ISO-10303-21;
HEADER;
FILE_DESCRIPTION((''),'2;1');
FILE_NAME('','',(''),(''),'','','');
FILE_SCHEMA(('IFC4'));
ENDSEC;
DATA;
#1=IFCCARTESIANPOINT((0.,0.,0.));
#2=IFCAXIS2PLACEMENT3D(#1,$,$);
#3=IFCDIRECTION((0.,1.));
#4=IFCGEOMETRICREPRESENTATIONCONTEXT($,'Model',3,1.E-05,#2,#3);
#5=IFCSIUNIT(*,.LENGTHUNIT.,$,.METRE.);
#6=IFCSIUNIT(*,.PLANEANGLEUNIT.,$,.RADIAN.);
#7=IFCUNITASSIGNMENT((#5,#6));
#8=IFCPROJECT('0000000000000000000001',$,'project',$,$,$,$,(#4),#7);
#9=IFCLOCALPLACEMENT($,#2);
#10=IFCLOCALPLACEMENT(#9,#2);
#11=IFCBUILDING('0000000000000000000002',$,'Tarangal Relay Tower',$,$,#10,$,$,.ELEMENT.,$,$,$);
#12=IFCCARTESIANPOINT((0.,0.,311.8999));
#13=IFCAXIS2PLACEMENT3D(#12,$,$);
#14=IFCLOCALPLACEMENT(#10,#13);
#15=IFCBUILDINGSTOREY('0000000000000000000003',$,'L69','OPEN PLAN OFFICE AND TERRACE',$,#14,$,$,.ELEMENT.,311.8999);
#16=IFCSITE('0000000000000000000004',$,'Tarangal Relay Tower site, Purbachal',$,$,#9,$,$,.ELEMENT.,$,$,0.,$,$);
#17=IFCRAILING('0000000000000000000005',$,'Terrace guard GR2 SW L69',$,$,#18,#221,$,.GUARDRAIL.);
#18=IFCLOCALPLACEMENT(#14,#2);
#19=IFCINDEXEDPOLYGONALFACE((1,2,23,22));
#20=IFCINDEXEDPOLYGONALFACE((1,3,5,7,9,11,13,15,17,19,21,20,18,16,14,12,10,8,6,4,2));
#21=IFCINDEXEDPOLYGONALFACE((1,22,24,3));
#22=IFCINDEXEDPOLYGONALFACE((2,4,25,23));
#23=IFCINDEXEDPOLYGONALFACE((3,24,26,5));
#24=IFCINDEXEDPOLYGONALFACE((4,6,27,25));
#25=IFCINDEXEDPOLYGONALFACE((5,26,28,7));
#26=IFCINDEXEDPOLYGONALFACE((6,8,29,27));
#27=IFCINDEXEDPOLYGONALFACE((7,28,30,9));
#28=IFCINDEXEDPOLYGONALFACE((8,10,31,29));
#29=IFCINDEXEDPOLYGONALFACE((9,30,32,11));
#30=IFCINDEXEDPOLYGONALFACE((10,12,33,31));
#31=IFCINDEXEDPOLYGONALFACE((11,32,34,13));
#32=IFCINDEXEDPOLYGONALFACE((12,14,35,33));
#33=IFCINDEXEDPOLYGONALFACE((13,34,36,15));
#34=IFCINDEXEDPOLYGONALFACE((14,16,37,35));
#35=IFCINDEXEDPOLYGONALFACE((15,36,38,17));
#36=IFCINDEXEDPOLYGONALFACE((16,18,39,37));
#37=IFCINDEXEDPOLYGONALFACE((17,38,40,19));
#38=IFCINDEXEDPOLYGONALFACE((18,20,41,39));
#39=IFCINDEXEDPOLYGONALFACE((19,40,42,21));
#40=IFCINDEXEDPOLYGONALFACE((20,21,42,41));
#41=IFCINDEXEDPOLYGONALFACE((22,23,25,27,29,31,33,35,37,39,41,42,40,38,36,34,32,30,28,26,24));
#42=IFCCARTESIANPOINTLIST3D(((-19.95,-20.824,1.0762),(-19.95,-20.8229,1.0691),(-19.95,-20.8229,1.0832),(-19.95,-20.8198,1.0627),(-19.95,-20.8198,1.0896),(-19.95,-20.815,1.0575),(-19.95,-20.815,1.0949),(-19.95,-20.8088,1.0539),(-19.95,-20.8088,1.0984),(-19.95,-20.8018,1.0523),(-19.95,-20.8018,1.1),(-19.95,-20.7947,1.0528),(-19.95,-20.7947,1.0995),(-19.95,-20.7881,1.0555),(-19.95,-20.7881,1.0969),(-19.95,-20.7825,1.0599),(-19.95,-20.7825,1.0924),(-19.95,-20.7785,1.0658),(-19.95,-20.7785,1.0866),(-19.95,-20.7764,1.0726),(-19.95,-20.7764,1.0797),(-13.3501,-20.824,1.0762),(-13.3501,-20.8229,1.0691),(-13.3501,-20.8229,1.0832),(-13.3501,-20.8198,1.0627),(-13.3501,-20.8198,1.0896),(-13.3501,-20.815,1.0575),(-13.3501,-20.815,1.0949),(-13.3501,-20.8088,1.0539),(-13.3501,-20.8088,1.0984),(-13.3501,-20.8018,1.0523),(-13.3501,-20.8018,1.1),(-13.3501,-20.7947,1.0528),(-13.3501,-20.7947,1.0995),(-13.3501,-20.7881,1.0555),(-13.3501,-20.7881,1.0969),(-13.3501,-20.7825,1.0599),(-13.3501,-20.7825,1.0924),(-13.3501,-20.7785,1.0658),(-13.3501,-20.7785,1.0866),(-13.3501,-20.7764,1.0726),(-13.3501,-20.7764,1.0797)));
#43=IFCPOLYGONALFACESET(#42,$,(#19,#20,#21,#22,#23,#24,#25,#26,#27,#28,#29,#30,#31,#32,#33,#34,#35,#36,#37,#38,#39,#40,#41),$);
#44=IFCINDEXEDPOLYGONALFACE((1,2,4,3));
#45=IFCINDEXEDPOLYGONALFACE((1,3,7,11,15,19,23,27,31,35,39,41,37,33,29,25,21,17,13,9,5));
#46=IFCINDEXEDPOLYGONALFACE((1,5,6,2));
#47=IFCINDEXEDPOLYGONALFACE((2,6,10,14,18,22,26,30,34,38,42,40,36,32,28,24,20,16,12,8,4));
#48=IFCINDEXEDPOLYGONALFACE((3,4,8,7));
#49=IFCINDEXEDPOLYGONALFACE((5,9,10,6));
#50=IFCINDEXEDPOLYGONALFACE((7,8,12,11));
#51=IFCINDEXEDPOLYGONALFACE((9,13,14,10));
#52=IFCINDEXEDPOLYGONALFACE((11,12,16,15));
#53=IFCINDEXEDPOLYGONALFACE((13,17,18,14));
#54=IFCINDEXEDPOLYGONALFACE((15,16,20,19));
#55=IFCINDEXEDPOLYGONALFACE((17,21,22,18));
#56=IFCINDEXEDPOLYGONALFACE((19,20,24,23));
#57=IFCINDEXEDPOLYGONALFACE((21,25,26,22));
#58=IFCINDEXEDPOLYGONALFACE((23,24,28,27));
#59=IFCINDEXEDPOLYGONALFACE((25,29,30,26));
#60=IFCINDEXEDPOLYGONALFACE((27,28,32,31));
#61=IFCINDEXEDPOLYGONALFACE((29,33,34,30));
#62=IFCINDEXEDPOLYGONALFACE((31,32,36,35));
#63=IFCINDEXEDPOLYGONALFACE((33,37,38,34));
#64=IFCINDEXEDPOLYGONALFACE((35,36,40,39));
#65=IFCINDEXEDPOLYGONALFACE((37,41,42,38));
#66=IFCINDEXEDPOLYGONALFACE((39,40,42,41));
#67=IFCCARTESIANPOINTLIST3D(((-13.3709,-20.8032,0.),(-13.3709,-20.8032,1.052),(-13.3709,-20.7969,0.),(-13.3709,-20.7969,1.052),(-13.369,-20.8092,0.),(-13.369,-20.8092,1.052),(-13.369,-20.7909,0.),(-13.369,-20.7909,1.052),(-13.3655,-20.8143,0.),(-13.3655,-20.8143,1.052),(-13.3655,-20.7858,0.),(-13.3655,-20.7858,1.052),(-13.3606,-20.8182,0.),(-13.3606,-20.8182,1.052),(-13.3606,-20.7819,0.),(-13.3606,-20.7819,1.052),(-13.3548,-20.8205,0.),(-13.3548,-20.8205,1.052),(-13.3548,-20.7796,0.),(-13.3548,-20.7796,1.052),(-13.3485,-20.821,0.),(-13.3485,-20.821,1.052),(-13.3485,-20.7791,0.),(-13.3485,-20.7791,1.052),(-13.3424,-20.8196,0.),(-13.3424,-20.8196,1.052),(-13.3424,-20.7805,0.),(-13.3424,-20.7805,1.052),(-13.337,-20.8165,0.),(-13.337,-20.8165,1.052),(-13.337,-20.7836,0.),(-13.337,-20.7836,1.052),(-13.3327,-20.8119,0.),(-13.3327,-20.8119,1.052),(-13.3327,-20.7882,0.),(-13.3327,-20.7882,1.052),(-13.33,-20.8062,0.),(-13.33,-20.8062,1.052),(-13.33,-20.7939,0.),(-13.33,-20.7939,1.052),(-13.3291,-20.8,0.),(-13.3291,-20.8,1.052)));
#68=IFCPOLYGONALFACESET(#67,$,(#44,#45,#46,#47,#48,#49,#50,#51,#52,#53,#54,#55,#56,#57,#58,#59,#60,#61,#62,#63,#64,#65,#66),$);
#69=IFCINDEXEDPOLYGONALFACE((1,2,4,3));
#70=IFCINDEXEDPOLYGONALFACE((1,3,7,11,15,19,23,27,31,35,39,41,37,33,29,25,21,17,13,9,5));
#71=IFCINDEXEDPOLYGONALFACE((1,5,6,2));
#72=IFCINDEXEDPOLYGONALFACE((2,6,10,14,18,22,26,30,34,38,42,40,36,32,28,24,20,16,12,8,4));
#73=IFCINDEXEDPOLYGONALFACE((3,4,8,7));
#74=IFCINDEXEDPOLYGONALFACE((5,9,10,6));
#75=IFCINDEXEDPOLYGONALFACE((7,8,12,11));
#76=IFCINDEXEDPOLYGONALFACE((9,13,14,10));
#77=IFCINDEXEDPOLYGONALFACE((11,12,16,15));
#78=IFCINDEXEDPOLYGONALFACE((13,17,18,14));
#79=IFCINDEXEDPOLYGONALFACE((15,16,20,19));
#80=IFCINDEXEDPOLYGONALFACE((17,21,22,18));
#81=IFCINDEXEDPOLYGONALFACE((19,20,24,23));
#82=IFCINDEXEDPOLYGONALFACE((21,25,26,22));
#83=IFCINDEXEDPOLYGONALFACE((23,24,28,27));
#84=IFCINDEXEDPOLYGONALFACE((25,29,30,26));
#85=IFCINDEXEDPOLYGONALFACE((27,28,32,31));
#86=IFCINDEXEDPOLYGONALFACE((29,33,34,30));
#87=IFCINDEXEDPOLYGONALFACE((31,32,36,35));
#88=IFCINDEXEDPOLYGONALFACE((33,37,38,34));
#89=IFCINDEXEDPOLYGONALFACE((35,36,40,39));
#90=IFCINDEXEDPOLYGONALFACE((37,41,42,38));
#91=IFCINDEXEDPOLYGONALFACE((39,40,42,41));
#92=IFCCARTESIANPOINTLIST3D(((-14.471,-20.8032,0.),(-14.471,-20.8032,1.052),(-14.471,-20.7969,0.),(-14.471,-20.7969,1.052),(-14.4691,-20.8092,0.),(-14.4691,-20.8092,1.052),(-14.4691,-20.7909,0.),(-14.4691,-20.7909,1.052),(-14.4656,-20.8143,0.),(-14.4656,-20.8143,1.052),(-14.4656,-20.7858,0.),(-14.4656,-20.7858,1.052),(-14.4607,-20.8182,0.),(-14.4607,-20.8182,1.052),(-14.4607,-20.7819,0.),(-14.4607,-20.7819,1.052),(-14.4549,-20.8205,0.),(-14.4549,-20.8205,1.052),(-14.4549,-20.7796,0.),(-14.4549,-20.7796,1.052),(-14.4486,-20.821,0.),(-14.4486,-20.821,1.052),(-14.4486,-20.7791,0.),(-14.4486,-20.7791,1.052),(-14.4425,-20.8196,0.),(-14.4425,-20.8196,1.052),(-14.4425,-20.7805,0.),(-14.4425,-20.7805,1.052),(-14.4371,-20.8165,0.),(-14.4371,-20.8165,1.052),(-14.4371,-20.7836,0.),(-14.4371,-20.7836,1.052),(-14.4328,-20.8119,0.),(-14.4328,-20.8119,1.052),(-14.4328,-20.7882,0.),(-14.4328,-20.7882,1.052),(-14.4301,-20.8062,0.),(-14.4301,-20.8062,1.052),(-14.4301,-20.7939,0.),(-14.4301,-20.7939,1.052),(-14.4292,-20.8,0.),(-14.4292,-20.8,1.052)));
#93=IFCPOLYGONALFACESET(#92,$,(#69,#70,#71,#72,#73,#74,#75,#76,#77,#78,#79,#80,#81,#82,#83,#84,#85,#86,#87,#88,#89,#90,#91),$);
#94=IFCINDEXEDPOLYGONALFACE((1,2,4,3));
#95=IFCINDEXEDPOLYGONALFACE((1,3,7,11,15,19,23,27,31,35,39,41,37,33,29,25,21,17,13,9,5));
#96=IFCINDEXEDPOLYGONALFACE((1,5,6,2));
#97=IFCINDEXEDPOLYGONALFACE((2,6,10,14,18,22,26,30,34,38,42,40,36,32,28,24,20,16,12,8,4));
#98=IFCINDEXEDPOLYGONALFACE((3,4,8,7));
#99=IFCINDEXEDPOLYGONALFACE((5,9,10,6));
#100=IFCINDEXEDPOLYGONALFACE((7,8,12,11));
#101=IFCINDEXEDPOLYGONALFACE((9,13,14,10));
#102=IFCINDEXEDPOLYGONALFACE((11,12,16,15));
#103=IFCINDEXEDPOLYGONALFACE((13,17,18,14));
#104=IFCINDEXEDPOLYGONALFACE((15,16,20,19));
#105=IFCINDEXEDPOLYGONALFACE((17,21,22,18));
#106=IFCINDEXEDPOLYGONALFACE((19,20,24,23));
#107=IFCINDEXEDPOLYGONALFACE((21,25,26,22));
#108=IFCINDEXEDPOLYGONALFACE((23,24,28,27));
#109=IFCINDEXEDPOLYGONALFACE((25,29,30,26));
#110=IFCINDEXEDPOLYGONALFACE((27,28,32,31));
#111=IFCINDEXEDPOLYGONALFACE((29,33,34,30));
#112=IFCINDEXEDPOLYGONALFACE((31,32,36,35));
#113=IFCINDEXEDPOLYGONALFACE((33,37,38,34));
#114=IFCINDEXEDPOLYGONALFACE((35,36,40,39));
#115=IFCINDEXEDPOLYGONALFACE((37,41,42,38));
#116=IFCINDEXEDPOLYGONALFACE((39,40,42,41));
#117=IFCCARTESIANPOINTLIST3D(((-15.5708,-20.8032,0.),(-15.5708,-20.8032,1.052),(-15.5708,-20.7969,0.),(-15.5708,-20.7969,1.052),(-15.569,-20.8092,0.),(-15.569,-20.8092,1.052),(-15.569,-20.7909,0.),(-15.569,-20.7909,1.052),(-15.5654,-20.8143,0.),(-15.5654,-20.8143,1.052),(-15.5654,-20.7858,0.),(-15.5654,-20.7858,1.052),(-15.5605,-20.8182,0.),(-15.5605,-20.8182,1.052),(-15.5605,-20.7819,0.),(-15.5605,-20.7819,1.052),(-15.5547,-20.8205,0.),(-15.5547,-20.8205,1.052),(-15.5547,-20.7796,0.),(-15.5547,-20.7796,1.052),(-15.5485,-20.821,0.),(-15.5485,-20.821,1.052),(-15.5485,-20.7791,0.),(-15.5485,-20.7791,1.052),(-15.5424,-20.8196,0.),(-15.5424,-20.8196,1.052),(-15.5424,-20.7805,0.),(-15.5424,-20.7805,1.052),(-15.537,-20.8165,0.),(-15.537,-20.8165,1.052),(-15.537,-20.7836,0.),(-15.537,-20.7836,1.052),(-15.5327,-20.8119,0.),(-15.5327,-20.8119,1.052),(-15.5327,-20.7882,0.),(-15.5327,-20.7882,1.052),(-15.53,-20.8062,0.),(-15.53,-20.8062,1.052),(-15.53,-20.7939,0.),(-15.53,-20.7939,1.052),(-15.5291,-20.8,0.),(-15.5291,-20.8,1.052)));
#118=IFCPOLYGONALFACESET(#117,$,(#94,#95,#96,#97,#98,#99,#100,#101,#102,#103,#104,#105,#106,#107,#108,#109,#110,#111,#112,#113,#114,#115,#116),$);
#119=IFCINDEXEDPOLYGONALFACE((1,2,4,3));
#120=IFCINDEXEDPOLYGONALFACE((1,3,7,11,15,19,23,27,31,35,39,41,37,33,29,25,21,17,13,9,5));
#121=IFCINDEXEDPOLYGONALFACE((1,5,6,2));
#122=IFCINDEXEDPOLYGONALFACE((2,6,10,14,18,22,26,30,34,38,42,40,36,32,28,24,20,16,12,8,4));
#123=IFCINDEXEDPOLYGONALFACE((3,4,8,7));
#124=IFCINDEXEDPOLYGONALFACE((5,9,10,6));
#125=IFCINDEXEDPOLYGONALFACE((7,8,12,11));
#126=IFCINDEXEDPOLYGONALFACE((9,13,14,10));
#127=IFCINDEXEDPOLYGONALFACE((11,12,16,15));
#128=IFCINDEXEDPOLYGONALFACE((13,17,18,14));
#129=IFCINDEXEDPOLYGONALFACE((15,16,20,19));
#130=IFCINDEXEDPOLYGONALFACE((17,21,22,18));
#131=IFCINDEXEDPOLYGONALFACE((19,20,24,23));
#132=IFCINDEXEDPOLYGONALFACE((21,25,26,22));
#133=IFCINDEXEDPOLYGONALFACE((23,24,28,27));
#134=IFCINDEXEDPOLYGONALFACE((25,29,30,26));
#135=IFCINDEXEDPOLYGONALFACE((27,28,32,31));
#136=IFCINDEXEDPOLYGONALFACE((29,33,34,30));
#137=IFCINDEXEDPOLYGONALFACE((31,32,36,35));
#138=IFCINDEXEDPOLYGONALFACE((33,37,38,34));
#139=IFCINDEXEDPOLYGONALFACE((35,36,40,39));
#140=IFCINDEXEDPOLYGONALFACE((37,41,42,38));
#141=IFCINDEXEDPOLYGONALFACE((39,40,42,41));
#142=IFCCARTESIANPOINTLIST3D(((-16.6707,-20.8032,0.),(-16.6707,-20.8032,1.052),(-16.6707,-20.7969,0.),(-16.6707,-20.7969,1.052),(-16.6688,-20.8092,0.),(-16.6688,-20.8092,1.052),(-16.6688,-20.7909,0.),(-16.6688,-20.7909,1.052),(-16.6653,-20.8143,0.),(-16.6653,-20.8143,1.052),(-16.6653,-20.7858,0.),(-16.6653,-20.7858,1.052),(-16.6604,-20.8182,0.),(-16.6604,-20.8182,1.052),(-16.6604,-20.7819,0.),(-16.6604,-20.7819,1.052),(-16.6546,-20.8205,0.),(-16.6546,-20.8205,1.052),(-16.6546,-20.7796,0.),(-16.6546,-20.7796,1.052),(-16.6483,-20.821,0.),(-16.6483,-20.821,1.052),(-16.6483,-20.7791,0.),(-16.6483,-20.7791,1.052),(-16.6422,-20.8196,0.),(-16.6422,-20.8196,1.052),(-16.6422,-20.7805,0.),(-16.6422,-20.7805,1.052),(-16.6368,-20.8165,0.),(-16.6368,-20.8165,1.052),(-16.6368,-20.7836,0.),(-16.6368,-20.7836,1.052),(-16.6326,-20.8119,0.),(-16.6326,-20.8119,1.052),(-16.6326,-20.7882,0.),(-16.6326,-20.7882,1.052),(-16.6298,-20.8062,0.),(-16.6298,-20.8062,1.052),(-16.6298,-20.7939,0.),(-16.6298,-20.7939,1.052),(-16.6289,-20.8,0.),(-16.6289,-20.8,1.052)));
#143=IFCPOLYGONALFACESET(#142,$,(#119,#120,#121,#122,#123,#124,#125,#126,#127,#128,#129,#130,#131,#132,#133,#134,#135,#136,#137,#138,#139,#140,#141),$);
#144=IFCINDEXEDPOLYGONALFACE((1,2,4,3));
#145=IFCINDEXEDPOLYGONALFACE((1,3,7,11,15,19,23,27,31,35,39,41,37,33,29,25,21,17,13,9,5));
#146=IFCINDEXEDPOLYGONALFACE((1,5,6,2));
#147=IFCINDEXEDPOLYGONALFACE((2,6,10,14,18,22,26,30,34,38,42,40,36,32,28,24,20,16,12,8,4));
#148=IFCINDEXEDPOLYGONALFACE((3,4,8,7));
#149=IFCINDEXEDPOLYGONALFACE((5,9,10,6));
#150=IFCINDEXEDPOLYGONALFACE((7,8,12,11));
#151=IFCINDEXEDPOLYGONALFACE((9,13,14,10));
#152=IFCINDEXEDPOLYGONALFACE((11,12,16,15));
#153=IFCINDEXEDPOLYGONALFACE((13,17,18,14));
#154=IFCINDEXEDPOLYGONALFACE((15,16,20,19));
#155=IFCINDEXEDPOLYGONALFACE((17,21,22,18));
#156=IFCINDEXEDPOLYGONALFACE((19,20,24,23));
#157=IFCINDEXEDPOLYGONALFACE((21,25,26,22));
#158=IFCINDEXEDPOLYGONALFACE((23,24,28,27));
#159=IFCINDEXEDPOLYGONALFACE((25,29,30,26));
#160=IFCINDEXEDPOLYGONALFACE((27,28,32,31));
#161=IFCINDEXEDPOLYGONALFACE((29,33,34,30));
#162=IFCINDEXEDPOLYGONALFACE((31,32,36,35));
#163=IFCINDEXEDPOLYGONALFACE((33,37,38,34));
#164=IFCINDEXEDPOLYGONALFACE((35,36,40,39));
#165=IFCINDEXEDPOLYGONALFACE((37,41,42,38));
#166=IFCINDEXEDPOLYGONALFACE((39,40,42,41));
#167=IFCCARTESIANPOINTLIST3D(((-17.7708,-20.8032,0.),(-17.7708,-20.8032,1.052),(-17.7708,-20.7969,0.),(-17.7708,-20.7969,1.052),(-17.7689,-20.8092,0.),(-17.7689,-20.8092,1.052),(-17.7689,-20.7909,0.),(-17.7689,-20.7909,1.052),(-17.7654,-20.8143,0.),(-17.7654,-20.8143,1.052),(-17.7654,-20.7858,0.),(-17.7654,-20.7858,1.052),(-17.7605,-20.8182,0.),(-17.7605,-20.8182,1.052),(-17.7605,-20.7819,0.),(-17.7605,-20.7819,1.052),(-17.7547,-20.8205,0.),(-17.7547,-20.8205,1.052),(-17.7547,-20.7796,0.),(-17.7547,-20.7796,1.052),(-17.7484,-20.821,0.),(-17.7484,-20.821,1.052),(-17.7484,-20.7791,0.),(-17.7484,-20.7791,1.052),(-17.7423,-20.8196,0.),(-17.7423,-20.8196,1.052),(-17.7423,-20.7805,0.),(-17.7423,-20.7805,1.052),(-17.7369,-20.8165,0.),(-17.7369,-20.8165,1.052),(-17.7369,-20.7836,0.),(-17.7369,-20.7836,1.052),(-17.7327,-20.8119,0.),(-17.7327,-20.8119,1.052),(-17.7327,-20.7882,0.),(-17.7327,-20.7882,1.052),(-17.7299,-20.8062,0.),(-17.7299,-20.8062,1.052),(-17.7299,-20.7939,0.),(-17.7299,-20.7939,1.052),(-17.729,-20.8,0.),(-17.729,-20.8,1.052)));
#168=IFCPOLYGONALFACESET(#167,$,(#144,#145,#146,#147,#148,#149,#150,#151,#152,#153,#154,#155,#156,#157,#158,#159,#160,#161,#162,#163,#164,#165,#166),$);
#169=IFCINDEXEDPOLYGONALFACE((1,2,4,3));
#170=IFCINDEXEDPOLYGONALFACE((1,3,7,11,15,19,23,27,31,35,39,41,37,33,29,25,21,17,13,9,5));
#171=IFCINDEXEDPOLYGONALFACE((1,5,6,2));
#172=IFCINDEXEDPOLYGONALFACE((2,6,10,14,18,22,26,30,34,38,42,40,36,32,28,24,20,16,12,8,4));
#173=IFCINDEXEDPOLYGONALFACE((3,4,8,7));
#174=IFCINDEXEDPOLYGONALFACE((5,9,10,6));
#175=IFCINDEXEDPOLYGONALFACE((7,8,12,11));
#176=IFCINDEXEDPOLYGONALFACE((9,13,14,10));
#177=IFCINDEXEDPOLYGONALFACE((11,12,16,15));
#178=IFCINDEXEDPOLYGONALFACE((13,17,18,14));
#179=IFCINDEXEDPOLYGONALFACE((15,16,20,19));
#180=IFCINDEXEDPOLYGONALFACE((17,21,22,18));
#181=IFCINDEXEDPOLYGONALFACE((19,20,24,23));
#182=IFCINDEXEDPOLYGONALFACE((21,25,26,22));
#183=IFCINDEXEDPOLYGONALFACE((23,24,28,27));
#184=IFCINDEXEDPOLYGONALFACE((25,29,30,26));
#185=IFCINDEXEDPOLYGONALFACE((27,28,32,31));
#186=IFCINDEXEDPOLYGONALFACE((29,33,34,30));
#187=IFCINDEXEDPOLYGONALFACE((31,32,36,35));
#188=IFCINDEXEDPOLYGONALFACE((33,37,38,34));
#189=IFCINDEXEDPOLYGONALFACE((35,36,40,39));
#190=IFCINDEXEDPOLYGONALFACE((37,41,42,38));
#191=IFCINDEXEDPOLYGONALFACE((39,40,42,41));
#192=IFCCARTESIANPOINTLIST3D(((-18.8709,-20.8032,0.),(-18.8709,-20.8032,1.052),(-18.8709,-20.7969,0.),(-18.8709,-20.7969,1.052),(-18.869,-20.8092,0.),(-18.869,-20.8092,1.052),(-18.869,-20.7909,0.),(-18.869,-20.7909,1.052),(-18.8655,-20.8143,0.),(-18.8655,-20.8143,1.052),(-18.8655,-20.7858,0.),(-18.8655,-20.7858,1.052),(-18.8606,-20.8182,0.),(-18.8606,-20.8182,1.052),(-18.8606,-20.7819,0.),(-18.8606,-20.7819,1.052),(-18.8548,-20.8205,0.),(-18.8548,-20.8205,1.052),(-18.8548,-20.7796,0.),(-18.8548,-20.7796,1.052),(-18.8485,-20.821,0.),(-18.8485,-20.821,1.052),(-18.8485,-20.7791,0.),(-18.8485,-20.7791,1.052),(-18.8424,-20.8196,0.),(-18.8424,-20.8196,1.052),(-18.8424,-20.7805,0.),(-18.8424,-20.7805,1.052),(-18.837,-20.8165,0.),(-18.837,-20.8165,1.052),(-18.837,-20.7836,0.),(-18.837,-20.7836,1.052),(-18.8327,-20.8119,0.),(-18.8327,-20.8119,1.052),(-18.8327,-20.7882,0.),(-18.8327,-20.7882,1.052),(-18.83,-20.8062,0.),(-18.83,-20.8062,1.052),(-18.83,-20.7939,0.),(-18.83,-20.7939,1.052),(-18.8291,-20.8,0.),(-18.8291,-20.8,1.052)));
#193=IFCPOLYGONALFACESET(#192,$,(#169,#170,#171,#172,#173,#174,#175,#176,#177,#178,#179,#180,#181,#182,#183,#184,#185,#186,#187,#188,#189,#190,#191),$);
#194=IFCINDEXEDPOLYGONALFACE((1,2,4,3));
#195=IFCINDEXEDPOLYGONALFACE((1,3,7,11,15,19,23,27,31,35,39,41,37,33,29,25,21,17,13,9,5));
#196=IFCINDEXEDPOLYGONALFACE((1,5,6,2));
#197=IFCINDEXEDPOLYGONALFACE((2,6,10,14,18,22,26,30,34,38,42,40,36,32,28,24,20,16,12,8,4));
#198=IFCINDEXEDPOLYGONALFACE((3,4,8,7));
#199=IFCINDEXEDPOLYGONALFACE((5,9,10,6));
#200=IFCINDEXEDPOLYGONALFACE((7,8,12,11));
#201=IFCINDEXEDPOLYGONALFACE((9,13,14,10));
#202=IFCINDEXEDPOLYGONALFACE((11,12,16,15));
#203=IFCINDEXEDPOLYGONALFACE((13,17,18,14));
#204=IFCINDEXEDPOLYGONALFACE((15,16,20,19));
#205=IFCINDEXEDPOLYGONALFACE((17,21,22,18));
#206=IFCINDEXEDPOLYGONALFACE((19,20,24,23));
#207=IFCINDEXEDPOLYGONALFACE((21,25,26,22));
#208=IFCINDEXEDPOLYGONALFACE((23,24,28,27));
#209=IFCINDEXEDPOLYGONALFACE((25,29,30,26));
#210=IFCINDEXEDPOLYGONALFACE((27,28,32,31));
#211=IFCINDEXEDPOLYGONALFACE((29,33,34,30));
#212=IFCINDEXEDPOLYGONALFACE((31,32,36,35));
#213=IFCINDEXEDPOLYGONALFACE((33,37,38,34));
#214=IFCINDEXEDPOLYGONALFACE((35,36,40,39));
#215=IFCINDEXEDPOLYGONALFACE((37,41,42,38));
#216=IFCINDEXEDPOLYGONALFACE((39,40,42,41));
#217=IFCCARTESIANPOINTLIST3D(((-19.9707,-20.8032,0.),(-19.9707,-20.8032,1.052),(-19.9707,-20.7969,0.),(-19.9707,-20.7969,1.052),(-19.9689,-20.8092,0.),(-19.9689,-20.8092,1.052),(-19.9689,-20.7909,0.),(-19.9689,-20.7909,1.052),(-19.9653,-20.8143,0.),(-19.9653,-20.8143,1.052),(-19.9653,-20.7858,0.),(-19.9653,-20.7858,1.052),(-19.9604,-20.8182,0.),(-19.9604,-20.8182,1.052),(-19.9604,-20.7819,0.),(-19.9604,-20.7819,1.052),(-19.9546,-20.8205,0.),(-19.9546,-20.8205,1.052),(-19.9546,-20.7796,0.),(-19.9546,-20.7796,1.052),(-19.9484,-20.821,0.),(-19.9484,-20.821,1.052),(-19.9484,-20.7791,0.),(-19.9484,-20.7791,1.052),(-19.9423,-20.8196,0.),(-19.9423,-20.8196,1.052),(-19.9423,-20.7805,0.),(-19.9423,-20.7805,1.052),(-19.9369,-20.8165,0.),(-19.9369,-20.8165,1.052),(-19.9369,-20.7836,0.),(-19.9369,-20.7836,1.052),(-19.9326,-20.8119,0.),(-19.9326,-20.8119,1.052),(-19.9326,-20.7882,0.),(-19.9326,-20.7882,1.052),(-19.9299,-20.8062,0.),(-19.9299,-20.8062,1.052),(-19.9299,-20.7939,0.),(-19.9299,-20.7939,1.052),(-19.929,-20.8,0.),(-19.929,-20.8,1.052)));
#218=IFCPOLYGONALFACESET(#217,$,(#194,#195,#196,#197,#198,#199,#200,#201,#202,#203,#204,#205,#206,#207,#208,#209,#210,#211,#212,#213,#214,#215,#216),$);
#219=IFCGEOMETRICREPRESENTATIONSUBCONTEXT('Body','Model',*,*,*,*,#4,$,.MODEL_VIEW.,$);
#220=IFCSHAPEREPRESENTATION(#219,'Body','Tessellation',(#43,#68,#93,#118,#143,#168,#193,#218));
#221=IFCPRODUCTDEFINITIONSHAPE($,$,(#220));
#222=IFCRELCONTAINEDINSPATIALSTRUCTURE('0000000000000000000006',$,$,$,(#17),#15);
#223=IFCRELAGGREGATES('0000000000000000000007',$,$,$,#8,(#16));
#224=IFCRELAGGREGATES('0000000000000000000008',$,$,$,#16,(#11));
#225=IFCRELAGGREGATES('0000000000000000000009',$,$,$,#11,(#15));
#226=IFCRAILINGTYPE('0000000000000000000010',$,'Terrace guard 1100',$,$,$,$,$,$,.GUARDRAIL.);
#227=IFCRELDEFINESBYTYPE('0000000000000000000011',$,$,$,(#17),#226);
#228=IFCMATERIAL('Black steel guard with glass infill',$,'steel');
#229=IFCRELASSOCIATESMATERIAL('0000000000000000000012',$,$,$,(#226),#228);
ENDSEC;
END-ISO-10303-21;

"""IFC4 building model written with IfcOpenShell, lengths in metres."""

from ifc_helpers import new_model, si_unit, direction, frame, origin, origin_2d, place, context, subcontext, project, spatial, circle, extrude, material, type_object, element, save


model = new_model("IFC4")

# Units and contexts
model_context = context("Model", 3, precision=1e-05, world=origin(), true_north=direction((0.0, 1.0)))
body_context = subcontext(model_context, "Body", "Model", "MODEL_VIEW")
ifc_project = project(units=[si_unit("LENGTHUNIT", "METRE"), si_unit("PLANEANGLEUNIT", "RADIAN")], contexts=[model_context])

# Site, building, storey
site_placement = place(None, origin())
site = spatial("IfcSite", under=ifc_project, at=site_placement, Name="Tarangal Relay Tower site, Purbachal", CompositionType="ELEMENT", RefElevation=0.0)
building_placement = place(site_placement, origin())
building = spatial("IfcBuilding", under=site, at=building_placement, Name="Tarangal Relay Tower", CompositionType="ELEMENT")
storey_placement = place(building_placement, frame((0.0, 0.0, 311.8999)))
storey = spatial("IfcBuildingStorey", under=building, at=storey_placement, Name="L69", Description="OPEN PLAN OFFICE AND TERRACE", CompositionType="ELEMENT", Elevation=311.8999)

# Railing
ifc_material_1 = material(Name="Black steel guard with glass infill", Category="steel")
railing_type = type_object("IfcRailingType", Name="Terrace guard 1100", PredefinedType="GUARDRAIL", material=ifc_material_1)
railing_1_placement = place(storey_placement, frame((-13.3501, -20.8, 0.0)))
element("IfcRailing", 1, at=railing_1_placement, inside=storey, type_object=railing_type, Name="Terrace guard GR2 SW L69", PredefinedType="GUARDRAIL", context=body_context, shape_type="SweptSolid", body=[
    extrude(circle(Radius=0.0239, at=origin_2d()), frame((0.0, 0.0, 1.0762), z_axis=(-1.0, 0.0, 0.0), x_axis=(0.0, -1.0, 0.0)), (0.0, 0.0, 1.0), 6.5999),
    extrude(circle(Radius=0.021, at=origin_2d()), origin(), (0.0, 0.0, 1.0), 1.052),
    extrude(circle(Radius=0.021, at=origin_2d()), frame((-1.1001, 0.0, 0.0)), (0.0, 0.0, 1.0), 1.052),
    extrude(circle(Radius=0.021, at=origin_2d()), frame((-2.2, 0.0, 0.0)), (0.0, 0.0, 1.0), 1.052),
    extrude(circle(Radius=0.021, at=origin_2d()), frame((-3.2998, 0.0, 0.0)), (0.0, 0.0, 1.0), 1.052),
    extrude(circle(Radius=0.021, at=origin_2d()), frame((-4.3999, 0.0, 0.0)), (0.0, 0.0, 1.0), 1.052),
    extrude(circle(Radius=0.021, at=origin_2d()), frame((-5.5, 0.0, 0.0)), (0.0, 0.0, 1.0), 1.052),
    extrude(circle(Radius=0.021, at=origin_2d()), frame((-6.5999, 0.0, 0.0)), (0.0, 0.0, 1.0), 1.052),
])

save(model, "model.ifc")
